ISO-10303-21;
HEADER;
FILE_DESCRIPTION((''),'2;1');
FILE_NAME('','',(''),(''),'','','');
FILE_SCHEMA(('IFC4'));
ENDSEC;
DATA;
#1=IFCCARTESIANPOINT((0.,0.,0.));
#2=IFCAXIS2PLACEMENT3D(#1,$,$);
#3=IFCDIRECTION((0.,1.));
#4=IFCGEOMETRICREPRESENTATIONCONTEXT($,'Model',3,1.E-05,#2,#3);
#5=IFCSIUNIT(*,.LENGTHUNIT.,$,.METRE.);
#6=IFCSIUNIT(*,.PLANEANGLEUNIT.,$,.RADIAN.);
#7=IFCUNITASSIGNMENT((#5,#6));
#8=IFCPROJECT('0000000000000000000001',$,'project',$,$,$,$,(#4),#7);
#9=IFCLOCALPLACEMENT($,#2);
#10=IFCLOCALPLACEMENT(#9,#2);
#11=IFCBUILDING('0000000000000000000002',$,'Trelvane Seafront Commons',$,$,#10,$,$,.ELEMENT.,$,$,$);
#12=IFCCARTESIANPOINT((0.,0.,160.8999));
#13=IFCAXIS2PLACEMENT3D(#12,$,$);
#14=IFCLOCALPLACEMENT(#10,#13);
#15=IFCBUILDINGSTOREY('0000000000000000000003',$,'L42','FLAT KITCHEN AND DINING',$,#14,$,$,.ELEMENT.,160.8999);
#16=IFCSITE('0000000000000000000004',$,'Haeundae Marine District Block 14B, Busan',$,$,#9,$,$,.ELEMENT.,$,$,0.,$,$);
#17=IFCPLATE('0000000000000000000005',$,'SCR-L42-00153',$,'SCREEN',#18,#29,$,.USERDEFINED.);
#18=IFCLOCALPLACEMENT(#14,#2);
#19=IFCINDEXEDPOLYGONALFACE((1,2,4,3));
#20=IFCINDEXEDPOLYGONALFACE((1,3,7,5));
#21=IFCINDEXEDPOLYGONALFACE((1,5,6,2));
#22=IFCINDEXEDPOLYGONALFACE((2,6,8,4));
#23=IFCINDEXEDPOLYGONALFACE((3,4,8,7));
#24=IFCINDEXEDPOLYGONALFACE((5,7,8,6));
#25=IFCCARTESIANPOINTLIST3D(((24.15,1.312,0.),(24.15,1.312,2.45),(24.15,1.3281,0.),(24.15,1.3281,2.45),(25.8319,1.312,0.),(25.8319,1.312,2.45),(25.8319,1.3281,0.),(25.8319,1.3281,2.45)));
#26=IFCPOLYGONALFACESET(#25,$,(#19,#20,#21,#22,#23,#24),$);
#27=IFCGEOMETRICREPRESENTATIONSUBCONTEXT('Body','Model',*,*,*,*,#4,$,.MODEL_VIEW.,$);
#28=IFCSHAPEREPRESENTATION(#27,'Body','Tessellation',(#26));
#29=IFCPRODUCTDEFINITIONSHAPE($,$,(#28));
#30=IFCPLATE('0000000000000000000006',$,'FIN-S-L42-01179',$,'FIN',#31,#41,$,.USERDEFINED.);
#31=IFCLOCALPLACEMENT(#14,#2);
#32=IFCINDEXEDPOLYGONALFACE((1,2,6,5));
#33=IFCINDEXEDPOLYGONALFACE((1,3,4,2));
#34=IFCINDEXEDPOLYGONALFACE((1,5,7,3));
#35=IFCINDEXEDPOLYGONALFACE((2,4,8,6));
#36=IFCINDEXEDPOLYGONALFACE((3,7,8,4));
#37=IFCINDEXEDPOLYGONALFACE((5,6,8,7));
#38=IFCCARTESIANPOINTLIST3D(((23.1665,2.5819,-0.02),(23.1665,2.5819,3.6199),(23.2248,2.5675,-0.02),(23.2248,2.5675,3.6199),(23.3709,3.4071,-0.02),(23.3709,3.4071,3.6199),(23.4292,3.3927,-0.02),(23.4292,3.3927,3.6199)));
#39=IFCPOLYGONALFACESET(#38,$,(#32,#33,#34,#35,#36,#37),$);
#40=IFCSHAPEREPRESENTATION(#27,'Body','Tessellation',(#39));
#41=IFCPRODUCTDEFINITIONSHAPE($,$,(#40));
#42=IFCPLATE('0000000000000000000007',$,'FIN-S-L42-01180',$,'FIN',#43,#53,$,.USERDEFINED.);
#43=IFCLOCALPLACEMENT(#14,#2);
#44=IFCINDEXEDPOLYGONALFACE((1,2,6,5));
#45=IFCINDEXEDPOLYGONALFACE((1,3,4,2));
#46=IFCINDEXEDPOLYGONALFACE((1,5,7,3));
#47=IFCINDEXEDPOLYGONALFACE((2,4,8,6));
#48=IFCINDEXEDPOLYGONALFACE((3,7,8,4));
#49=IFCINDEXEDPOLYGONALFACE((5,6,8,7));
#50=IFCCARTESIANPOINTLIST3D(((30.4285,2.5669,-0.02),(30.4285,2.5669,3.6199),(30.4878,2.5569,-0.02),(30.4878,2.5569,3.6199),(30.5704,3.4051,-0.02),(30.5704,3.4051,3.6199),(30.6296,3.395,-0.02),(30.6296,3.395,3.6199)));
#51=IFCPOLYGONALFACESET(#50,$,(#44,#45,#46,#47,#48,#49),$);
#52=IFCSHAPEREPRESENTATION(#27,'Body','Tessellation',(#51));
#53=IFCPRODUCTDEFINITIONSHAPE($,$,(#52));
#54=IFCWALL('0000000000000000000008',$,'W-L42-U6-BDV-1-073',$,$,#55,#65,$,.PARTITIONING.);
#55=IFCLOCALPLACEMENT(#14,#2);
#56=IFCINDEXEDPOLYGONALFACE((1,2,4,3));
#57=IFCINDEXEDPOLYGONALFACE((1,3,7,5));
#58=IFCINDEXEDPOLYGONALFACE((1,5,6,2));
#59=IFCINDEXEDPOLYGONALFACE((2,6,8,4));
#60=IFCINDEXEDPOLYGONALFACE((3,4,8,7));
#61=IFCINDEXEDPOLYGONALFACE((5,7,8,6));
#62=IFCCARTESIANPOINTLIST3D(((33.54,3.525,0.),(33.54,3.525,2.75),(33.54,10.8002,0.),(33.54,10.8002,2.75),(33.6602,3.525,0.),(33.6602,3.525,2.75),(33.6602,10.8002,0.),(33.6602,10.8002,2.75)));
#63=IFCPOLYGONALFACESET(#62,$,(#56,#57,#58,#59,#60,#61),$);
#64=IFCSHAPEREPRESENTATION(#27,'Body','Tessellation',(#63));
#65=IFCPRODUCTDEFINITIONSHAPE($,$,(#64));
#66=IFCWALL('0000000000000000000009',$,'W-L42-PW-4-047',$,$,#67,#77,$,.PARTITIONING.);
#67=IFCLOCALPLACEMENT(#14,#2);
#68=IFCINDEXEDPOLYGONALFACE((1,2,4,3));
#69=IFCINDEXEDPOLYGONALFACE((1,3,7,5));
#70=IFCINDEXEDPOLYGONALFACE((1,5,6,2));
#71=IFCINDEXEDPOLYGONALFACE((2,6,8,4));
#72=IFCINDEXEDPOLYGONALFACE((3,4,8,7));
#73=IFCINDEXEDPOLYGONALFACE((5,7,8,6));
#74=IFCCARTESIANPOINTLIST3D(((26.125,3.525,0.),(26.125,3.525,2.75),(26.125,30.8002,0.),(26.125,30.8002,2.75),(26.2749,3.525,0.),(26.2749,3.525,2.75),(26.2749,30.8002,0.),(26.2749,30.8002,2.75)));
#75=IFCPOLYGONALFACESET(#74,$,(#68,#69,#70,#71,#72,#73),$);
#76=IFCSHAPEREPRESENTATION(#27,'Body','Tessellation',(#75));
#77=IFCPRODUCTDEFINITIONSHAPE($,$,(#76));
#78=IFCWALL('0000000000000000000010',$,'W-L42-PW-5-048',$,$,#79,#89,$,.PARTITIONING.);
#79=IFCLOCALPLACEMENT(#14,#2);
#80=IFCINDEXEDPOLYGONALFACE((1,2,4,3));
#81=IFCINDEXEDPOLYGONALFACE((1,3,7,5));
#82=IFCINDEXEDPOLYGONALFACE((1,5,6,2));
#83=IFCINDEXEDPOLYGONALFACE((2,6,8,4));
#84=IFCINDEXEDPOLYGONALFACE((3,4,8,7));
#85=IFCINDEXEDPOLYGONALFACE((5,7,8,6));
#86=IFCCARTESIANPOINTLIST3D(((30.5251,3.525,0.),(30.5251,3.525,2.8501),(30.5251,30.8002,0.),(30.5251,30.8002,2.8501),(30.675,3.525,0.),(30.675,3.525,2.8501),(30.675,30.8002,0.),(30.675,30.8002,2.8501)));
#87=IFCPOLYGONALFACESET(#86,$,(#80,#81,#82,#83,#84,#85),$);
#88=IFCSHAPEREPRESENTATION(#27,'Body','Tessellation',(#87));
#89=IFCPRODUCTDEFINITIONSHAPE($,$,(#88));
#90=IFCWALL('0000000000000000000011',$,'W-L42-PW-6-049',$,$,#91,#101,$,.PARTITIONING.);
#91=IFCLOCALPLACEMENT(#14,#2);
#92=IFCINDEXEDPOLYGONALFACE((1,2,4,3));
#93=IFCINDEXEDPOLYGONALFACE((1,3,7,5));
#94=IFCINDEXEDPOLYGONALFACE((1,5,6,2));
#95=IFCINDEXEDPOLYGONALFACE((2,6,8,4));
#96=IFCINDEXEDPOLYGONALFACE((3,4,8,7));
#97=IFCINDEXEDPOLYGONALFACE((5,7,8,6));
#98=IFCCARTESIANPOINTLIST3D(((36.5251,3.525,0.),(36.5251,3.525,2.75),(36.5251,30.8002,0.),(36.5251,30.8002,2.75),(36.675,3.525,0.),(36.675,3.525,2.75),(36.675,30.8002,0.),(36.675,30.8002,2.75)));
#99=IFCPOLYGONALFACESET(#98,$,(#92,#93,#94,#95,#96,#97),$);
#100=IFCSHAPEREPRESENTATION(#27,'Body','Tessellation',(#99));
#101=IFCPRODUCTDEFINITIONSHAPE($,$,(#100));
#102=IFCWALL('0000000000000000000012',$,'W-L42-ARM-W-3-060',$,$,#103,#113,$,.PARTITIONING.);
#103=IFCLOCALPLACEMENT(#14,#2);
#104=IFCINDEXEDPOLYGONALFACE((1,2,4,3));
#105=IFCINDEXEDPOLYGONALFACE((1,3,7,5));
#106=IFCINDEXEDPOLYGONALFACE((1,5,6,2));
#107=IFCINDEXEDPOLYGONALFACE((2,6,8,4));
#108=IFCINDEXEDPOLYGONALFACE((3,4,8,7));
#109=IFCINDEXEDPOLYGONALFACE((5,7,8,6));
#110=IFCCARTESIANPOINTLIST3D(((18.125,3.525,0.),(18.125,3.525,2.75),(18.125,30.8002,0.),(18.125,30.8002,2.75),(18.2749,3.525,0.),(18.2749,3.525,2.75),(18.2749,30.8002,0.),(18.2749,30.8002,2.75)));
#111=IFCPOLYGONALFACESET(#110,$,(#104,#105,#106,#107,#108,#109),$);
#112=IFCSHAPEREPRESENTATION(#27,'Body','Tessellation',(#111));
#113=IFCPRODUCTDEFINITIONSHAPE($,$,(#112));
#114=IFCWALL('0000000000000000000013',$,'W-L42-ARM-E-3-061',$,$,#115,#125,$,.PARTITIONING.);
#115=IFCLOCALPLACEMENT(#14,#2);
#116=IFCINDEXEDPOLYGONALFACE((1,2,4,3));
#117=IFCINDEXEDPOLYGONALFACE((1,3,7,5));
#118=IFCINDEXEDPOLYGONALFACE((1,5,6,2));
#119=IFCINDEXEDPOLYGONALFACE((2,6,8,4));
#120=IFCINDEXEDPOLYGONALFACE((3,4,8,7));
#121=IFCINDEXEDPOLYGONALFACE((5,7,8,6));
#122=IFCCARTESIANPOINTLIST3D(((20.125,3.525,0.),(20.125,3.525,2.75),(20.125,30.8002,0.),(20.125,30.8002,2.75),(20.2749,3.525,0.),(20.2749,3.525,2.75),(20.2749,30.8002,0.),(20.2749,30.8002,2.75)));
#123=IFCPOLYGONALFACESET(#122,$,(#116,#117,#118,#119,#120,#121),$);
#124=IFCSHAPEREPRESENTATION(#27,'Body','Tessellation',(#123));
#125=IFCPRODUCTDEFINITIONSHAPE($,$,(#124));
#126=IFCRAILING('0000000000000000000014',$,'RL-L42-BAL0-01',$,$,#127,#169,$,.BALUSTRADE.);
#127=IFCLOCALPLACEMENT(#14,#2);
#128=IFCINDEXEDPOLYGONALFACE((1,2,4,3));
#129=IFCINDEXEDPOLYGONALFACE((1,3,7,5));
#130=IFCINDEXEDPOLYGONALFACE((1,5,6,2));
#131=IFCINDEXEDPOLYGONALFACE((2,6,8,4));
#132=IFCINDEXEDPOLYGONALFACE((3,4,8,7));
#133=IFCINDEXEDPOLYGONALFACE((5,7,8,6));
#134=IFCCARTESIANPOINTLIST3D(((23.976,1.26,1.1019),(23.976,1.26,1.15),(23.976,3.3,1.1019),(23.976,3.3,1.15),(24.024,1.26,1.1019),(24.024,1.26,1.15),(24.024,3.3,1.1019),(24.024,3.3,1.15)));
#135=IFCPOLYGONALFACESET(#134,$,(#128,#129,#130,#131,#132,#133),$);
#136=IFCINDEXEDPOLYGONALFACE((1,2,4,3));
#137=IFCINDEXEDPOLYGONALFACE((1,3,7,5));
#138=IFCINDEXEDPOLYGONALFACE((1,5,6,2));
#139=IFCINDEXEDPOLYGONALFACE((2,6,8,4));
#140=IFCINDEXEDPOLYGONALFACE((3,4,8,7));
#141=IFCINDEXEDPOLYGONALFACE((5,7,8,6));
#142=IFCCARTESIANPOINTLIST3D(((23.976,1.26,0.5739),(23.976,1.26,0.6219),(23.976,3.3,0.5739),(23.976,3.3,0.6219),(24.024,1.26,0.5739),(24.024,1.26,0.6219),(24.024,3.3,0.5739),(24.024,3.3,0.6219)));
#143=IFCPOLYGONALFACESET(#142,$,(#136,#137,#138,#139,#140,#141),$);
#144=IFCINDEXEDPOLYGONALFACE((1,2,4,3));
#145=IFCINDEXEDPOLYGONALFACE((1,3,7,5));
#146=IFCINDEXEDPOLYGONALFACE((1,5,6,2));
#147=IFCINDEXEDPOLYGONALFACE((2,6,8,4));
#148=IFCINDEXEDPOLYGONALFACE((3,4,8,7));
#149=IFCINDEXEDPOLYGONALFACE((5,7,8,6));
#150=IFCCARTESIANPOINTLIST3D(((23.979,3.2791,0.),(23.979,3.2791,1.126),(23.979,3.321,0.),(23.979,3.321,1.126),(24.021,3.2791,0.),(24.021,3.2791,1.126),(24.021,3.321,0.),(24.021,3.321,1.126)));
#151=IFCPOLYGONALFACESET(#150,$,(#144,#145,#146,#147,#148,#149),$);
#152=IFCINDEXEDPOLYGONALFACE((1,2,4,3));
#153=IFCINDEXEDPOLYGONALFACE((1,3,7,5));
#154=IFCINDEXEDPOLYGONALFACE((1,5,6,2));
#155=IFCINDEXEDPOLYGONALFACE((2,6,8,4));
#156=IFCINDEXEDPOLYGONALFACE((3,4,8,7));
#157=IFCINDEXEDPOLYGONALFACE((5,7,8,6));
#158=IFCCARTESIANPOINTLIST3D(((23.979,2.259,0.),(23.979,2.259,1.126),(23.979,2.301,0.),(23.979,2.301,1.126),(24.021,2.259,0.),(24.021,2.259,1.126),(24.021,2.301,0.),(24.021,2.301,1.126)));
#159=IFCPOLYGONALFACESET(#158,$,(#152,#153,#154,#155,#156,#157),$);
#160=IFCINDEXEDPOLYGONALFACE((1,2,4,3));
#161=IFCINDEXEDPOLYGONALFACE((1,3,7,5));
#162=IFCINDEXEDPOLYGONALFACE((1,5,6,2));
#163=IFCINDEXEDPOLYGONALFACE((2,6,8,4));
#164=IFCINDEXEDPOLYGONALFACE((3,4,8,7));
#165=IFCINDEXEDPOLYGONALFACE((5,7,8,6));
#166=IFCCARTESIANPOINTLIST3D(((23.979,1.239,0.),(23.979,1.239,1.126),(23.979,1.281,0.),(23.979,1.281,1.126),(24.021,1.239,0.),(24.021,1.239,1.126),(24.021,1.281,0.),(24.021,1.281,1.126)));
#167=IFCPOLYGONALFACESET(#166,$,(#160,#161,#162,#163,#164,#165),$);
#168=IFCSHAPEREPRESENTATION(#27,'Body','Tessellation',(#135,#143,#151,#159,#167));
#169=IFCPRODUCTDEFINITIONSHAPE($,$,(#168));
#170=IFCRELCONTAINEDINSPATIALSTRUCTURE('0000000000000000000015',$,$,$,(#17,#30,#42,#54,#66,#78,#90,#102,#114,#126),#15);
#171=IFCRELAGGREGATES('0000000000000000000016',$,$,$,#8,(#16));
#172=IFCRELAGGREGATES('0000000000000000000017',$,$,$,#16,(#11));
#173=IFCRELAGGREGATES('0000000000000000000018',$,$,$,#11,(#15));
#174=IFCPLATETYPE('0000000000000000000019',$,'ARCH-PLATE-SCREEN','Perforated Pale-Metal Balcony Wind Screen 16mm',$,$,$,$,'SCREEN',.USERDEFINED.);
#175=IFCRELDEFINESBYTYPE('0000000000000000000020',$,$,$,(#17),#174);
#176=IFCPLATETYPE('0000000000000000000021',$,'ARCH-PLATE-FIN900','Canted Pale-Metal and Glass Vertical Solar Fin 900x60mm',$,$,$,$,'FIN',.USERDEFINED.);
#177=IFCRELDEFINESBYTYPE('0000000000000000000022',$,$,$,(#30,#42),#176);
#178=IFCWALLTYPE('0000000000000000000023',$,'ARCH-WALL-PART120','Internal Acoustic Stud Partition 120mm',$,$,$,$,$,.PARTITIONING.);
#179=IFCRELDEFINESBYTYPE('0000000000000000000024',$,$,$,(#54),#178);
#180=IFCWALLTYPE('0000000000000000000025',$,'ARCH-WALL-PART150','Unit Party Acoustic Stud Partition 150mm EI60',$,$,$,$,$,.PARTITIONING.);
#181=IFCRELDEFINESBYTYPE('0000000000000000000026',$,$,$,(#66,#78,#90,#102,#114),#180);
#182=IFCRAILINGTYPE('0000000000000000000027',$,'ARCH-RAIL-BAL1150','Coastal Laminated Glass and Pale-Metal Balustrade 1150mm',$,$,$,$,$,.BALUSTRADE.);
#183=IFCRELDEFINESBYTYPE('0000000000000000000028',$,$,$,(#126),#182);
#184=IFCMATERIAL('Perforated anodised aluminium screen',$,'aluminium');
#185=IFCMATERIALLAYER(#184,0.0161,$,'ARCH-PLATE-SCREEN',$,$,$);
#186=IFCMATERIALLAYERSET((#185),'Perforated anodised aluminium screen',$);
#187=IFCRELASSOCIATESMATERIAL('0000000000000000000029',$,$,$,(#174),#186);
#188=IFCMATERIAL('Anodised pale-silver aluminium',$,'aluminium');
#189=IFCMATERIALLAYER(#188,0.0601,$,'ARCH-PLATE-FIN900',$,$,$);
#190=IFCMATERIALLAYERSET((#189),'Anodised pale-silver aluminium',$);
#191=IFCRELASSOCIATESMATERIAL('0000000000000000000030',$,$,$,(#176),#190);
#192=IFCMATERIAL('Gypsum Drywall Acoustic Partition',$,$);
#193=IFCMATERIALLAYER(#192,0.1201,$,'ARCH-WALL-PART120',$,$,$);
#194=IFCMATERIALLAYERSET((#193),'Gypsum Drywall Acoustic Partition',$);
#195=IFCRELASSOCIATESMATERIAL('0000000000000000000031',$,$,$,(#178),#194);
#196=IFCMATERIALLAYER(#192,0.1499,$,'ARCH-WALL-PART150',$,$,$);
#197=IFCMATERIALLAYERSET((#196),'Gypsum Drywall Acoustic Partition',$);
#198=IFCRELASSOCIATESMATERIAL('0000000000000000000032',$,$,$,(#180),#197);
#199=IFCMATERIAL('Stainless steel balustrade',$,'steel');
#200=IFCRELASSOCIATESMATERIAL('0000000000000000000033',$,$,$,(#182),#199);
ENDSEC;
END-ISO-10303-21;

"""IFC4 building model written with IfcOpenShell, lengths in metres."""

from ifc_helpers import new_model, si_unit, direction, frame, frame_2d, origin, origin_2d, place, context, subcontext, project, spatial, rectangle, extrude, source, transform, mapped, material, layer, layer_set, type_object, element, save


model = new_model("IFC4")

# Units and contexts
model_context = context("Model", 3, precision=1e-05, world=origin(), true_north=direction((0.0, 1.0)))
body_context = subcontext(model_context, "Body", "Model", "MODEL_VIEW")
ifc_project = project(units=[si_unit("LENGTHUNIT", "METRE"), si_unit("PLANEANGLEUNIT", "RADIAN")], contexts=[model_context])

# Site, building, storey
site_placement = place(None, origin())
site = spatial("IfcSite", under=ifc_project, at=site_placement, Name="Haeundae Marine District Block 14B, Busan", CompositionType="ELEMENT", RefElevation=0.0)
building_placement = place(site_placement, origin())
building = spatial("IfcBuilding", under=site, at=building_placement, Name="Trelvane Seafront Commons", CompositionType="ELEMENT")
storey_placement = place(building_placement, frame((0.0, 0.0, 160.8999)))
storey = spatial("IfcBuildingStorey", under=building, at=storey_placement, Name="L42", Description="FLAT KITCHEN AND DINING", CompositionType="ELEMENT", Elevation=160.8999)

# Plates
ifc_material_1 = material(Name="Perforated anodised aluminium screen", Category="aluminium")
ifc_layer_1 = layer(ifc_material_1, 0.0161, Name="ARCH-PLATE-SCREEN")
ifc_layer_set_1 = layer_set([ifc_layer_1], Name="Perforated anodised aluminium screen")
plate_type_1 = type_object("IfcPlateType", Name="ARCH-PLATE-SCREEN", Description="Perforated Pale-Metal Balcony Wind Screen 16mm", ElementType="SCREEN", PredefinedType="USERDEFINED", material=ifc_layer_set_1)
shared_shape_1 = source(origin(), body_context, "Body", "SweptSolid", [
    extrude(rectangle(XDim=1.6819, YDim=0.0161, at=origin_2d()), origin(), (0.0, 0.0, 1.0), 2.45),
])
plate_placement = place(storey_placement, frame((24.991, 1.3201, 0.0), z_axis=(0.0, 0.0, 1.0), x_axis=(1.0, 0.0, 0.0)))
element("IfcPlate", 1, at=plate_placement, inside=storey, type_object=plate_type_1, Name="SCR-L42-00153", ObjectType="SCREEN", PredefinedType="USERDEFINED", context=body_context, shape_type="MappedRepresentation", body=[
    mapped(shared_shape_1, transform((0.0, 0.0, 0.0), x_axis=(1.0, 0.0, 0.0), y_axis=(0.0, 1.0, 0.0), z_axis=(0.0, 0.0, 1.0), scale=1.0)),
])
ifc_material_2 = material(Name="Anodised pale-silver aluminium", Category="aluminium")
ifc_layer_2 = layer(ifc_material_2, 0.0601, Name="ARCH-PLATE-FIN900")
ifc_layer_set_2 = layer_set([ifc_layer_2], Name="Anodised pale-silver aluminium")
plate_type_2 = type_object("IfcPlateType", Name="ARCH-PLATE-FIN900", Description="Canted Pale-Metal and Glass Vertical Solar Fin 900x60mm", ElementType="FIN", PredefinedType="USERDEFINED", material=ifc_layer_set_2)
shared_shape_2 = source(origin(), body_context, "Body", "SweptSolid", [
    extrude(rectangle(XDim=0.8501, YDim=0.0601, at=origin_2d()), origin(), (0.0, 0.0, 1.0), 3.6399),
])
for number, where, z_axis, x_axis, name in (
    (2, (23.2979, 2.9873, -0.02), (0.0, 0.0, 1.0), (-0.240348, -0.970687, 0.0), "FIN-S-L42-01179"),
    (3, (30.5291, 2.981, -0.02), (0.0, 0.0, 1.0), (-0.166822, -0.985987, 0.0), "FIN-S-L42-01180"),
):
    element("IfcPlate", number, at=place(storey_placement, frame(where, z_axis=z_axis, x_axis=x_axis)), inside=storey, type_object=plate_type_2, Name=name, ObjectType="FIN", PredefinedType="USERDEFINED", context=body_context, shape_type="MappedRepresentation", body=[
        mapped(shared_shape_2, transform((0.0, 0.0, 0.0), x_axis=(1.0, 0.0, 0.0), y_axis=(0.0, 1.0, 0.0), z_axis=(0.0, 0.0, 1.0), scale=1.0)),
    ])

# Shared definitions
ifc_material_3 = material(Name="Gypsum Drywall Acoustic Partition")
ifc_layer_3 = layer(ifc_material_3, 0.1201, Name="ARCH-WALL-PART120")
ifc_layer_set_3 = layer_set([ifc_layer_3], Name="Gypsum Drywall Acoustic Partition")
wall_type_1 = type_object("IfcWallType", Name="ARCH-WALL-PART120", Description="Internal Acoustic Stud Partition 120mm", PredefinedType="PARTITIONING", material=ifc_layer_set_3)

# Walls
wall_1_placement = place(storey_placement, frame((33.6001, 3.5249, 0.0), z_axis=(0.0, 0.0, 1.0), x_axis=(0.0, 1.0, 0.0)))
element("IfcWall", 4, at=wall_1_placement, inside=storey, type_object=wall_type_1, Name="W-L42-U6-BDV-1-073", PredefinedType="PARTITIONING", context=body_context, shape_type="SweptSolid", body=[
    extrude(rectangle(XDim=7.2751, YDim=0.1201, at=frame_2d((3.6377, 0.0))), origin(), (0.0, 0.0, 1.0), 2.75),
])
ifc_layer_4 = layer(ifc_material_3, 0.1499, Name="ARCH-WALL-PART150")
ifc_layer_set_4 = layer_set([ifc_layer_4], Name="Gypsum Drywall Acoustic Partition")
wall_type_2 = type_object("IfcWallType", Name="ARCH-WALL-PART150", Description="Unit Party Acoustic Stud Partition 150mm EI60", PredefinedType="PARTITIONING", material=ifc_layer_set_4)
wall_2_placement = place(storey_placement, frame((26.2, 3.5249, 0.0), z_axis=(0.0, 0.0, 1.0), x_axis=(0.0, 1.0, 0.0)))
element("IfcWall", 5, at=wall_2_placement, inside=storey, type_object=wall_type_2, Name="W-L42-PW-4-047", PredefinedType="PARTITIONING", context=body_context, shape_type="SweptSolid", body=[
    extrude(rectangle(XDim=27.2751, YDim=0.1499, at=frame_2d((13.6377, 0.0))), origin(), (0.0, 0.0, 1.0), 2.75),
])
wall_3_placement = place(storey_placement, frame((30.6001, 3.5249, 0.0), z_axis=(0.0, 0.0, 1.0), x_axis=(0.0, 1.0, 0.0)))
element("IfcWall", 6, at=wall_3_placement, inside=storey, type_object=wall_type_2, Name="W-L42-PW-5-048", PredefinedType="PARTITIONING", context=body_context, shape_type="SweptSolid", body=[
    extrude(rectangle(XDim=27.2751, YDim=0.1499, at=frame_2d((13.6377, 0.0))), origin(), (0.0, 0.0, 1.0), 2.8501),
])
for number, where, z_axis, x_axis, name in (
    (7, (36.6001, 3.5249, 0.0), (0.0, 0.0, 1.0), (0.0, 1.0, 0.0), "W-L42-PW-6-049"),
    (8, (18.2, 3.5249, 0.0), (0.0, 0.0, 1.0), (0.0, 1.0, 0.0), "W-L42-ARM-W-3-060"),
    (9, (20.2, 3.5249, 0.0), (0.0, 0.0, 1.0), (0.0, 1.0, 0.0), "W-L42-ARM-E-3-061"),
):
    element("IfcWall", number, at=place(storey_placement, frame(where, z_axis=z_axis, x_axis=x_axis)), inside=storey, type_object=wall_type_2, Name=name, PredefinedType="PARTITIONING", context=body_context, shape_type="SweptSolid", body=[
        extrude(rectangle(XDim=27.2751, YDim=0.1499, at=frame_2d((13.6377, 0.0))), origin(), (0.0, 0.0, 1.0), 2.75),
    ])

# Railing
ifc_material_4 = material(Name="Stainless steel balustrade", Category="steel")
railing_type = type_object("IfcRailingType", Name="ARCH-RAIL-BAL1150", Description="Coastal Laminated Glass and Pale-Metal Balustrade 1150mm", PredefinedType="BALUSTRADE", material=ifc_material_4)
railing_1_placement = place(storey_placement, frame((24.0, 3.3, 0.0)))
element("IfcRailing", 10, at=railing_1_placement, inside=storey, type_object=railing_type, Name="RL-L42-BAL0-01", PredefinedType="BALUSTRADE", context=body_context, shape_type="SweptSolid", body=[
    extrude(rectangle(XDim=0.0481, YDim=0.0481, at=origin_2d()), frame((0.0, 0.0, 1.126), z_axis=(0.0, -1.0, 0.0), x_axis=(1.0, 0.0, 0.0)), (0.0, 0.0, 1.0), 2.04),
    extrude(rectangle(XDim=0.0481, YDim=0.0481, at=origin_2d()), frame((0.0, 0.0, 0.5979), z_axis=(0.0, -1.0, 0.0), x_axis=(1.0, 0.0, 0.0)), (0.0, 0.0, 1.0), 2.04),
    extrude(rectangle(XDim=0.042, YDim=0.042, at=origin_2d()), origin(), (0.0, 0.0, 1.0), 1.126),
    extrude(rectangle(XDim=0.042, YDim=0.042, at=origin_2d()), frame((0.0, -1.02, 0.0)), (0.0, 0.0, 1.0), 1.126),
    extrude(rectangle(XDim=0.042, YDim=0.042, at=origin_2d()), frame((0.0, -2.04, 0.0)), (0.0, 0.0, 1.0), 1.126),
])

save(model, "model.ifc")
